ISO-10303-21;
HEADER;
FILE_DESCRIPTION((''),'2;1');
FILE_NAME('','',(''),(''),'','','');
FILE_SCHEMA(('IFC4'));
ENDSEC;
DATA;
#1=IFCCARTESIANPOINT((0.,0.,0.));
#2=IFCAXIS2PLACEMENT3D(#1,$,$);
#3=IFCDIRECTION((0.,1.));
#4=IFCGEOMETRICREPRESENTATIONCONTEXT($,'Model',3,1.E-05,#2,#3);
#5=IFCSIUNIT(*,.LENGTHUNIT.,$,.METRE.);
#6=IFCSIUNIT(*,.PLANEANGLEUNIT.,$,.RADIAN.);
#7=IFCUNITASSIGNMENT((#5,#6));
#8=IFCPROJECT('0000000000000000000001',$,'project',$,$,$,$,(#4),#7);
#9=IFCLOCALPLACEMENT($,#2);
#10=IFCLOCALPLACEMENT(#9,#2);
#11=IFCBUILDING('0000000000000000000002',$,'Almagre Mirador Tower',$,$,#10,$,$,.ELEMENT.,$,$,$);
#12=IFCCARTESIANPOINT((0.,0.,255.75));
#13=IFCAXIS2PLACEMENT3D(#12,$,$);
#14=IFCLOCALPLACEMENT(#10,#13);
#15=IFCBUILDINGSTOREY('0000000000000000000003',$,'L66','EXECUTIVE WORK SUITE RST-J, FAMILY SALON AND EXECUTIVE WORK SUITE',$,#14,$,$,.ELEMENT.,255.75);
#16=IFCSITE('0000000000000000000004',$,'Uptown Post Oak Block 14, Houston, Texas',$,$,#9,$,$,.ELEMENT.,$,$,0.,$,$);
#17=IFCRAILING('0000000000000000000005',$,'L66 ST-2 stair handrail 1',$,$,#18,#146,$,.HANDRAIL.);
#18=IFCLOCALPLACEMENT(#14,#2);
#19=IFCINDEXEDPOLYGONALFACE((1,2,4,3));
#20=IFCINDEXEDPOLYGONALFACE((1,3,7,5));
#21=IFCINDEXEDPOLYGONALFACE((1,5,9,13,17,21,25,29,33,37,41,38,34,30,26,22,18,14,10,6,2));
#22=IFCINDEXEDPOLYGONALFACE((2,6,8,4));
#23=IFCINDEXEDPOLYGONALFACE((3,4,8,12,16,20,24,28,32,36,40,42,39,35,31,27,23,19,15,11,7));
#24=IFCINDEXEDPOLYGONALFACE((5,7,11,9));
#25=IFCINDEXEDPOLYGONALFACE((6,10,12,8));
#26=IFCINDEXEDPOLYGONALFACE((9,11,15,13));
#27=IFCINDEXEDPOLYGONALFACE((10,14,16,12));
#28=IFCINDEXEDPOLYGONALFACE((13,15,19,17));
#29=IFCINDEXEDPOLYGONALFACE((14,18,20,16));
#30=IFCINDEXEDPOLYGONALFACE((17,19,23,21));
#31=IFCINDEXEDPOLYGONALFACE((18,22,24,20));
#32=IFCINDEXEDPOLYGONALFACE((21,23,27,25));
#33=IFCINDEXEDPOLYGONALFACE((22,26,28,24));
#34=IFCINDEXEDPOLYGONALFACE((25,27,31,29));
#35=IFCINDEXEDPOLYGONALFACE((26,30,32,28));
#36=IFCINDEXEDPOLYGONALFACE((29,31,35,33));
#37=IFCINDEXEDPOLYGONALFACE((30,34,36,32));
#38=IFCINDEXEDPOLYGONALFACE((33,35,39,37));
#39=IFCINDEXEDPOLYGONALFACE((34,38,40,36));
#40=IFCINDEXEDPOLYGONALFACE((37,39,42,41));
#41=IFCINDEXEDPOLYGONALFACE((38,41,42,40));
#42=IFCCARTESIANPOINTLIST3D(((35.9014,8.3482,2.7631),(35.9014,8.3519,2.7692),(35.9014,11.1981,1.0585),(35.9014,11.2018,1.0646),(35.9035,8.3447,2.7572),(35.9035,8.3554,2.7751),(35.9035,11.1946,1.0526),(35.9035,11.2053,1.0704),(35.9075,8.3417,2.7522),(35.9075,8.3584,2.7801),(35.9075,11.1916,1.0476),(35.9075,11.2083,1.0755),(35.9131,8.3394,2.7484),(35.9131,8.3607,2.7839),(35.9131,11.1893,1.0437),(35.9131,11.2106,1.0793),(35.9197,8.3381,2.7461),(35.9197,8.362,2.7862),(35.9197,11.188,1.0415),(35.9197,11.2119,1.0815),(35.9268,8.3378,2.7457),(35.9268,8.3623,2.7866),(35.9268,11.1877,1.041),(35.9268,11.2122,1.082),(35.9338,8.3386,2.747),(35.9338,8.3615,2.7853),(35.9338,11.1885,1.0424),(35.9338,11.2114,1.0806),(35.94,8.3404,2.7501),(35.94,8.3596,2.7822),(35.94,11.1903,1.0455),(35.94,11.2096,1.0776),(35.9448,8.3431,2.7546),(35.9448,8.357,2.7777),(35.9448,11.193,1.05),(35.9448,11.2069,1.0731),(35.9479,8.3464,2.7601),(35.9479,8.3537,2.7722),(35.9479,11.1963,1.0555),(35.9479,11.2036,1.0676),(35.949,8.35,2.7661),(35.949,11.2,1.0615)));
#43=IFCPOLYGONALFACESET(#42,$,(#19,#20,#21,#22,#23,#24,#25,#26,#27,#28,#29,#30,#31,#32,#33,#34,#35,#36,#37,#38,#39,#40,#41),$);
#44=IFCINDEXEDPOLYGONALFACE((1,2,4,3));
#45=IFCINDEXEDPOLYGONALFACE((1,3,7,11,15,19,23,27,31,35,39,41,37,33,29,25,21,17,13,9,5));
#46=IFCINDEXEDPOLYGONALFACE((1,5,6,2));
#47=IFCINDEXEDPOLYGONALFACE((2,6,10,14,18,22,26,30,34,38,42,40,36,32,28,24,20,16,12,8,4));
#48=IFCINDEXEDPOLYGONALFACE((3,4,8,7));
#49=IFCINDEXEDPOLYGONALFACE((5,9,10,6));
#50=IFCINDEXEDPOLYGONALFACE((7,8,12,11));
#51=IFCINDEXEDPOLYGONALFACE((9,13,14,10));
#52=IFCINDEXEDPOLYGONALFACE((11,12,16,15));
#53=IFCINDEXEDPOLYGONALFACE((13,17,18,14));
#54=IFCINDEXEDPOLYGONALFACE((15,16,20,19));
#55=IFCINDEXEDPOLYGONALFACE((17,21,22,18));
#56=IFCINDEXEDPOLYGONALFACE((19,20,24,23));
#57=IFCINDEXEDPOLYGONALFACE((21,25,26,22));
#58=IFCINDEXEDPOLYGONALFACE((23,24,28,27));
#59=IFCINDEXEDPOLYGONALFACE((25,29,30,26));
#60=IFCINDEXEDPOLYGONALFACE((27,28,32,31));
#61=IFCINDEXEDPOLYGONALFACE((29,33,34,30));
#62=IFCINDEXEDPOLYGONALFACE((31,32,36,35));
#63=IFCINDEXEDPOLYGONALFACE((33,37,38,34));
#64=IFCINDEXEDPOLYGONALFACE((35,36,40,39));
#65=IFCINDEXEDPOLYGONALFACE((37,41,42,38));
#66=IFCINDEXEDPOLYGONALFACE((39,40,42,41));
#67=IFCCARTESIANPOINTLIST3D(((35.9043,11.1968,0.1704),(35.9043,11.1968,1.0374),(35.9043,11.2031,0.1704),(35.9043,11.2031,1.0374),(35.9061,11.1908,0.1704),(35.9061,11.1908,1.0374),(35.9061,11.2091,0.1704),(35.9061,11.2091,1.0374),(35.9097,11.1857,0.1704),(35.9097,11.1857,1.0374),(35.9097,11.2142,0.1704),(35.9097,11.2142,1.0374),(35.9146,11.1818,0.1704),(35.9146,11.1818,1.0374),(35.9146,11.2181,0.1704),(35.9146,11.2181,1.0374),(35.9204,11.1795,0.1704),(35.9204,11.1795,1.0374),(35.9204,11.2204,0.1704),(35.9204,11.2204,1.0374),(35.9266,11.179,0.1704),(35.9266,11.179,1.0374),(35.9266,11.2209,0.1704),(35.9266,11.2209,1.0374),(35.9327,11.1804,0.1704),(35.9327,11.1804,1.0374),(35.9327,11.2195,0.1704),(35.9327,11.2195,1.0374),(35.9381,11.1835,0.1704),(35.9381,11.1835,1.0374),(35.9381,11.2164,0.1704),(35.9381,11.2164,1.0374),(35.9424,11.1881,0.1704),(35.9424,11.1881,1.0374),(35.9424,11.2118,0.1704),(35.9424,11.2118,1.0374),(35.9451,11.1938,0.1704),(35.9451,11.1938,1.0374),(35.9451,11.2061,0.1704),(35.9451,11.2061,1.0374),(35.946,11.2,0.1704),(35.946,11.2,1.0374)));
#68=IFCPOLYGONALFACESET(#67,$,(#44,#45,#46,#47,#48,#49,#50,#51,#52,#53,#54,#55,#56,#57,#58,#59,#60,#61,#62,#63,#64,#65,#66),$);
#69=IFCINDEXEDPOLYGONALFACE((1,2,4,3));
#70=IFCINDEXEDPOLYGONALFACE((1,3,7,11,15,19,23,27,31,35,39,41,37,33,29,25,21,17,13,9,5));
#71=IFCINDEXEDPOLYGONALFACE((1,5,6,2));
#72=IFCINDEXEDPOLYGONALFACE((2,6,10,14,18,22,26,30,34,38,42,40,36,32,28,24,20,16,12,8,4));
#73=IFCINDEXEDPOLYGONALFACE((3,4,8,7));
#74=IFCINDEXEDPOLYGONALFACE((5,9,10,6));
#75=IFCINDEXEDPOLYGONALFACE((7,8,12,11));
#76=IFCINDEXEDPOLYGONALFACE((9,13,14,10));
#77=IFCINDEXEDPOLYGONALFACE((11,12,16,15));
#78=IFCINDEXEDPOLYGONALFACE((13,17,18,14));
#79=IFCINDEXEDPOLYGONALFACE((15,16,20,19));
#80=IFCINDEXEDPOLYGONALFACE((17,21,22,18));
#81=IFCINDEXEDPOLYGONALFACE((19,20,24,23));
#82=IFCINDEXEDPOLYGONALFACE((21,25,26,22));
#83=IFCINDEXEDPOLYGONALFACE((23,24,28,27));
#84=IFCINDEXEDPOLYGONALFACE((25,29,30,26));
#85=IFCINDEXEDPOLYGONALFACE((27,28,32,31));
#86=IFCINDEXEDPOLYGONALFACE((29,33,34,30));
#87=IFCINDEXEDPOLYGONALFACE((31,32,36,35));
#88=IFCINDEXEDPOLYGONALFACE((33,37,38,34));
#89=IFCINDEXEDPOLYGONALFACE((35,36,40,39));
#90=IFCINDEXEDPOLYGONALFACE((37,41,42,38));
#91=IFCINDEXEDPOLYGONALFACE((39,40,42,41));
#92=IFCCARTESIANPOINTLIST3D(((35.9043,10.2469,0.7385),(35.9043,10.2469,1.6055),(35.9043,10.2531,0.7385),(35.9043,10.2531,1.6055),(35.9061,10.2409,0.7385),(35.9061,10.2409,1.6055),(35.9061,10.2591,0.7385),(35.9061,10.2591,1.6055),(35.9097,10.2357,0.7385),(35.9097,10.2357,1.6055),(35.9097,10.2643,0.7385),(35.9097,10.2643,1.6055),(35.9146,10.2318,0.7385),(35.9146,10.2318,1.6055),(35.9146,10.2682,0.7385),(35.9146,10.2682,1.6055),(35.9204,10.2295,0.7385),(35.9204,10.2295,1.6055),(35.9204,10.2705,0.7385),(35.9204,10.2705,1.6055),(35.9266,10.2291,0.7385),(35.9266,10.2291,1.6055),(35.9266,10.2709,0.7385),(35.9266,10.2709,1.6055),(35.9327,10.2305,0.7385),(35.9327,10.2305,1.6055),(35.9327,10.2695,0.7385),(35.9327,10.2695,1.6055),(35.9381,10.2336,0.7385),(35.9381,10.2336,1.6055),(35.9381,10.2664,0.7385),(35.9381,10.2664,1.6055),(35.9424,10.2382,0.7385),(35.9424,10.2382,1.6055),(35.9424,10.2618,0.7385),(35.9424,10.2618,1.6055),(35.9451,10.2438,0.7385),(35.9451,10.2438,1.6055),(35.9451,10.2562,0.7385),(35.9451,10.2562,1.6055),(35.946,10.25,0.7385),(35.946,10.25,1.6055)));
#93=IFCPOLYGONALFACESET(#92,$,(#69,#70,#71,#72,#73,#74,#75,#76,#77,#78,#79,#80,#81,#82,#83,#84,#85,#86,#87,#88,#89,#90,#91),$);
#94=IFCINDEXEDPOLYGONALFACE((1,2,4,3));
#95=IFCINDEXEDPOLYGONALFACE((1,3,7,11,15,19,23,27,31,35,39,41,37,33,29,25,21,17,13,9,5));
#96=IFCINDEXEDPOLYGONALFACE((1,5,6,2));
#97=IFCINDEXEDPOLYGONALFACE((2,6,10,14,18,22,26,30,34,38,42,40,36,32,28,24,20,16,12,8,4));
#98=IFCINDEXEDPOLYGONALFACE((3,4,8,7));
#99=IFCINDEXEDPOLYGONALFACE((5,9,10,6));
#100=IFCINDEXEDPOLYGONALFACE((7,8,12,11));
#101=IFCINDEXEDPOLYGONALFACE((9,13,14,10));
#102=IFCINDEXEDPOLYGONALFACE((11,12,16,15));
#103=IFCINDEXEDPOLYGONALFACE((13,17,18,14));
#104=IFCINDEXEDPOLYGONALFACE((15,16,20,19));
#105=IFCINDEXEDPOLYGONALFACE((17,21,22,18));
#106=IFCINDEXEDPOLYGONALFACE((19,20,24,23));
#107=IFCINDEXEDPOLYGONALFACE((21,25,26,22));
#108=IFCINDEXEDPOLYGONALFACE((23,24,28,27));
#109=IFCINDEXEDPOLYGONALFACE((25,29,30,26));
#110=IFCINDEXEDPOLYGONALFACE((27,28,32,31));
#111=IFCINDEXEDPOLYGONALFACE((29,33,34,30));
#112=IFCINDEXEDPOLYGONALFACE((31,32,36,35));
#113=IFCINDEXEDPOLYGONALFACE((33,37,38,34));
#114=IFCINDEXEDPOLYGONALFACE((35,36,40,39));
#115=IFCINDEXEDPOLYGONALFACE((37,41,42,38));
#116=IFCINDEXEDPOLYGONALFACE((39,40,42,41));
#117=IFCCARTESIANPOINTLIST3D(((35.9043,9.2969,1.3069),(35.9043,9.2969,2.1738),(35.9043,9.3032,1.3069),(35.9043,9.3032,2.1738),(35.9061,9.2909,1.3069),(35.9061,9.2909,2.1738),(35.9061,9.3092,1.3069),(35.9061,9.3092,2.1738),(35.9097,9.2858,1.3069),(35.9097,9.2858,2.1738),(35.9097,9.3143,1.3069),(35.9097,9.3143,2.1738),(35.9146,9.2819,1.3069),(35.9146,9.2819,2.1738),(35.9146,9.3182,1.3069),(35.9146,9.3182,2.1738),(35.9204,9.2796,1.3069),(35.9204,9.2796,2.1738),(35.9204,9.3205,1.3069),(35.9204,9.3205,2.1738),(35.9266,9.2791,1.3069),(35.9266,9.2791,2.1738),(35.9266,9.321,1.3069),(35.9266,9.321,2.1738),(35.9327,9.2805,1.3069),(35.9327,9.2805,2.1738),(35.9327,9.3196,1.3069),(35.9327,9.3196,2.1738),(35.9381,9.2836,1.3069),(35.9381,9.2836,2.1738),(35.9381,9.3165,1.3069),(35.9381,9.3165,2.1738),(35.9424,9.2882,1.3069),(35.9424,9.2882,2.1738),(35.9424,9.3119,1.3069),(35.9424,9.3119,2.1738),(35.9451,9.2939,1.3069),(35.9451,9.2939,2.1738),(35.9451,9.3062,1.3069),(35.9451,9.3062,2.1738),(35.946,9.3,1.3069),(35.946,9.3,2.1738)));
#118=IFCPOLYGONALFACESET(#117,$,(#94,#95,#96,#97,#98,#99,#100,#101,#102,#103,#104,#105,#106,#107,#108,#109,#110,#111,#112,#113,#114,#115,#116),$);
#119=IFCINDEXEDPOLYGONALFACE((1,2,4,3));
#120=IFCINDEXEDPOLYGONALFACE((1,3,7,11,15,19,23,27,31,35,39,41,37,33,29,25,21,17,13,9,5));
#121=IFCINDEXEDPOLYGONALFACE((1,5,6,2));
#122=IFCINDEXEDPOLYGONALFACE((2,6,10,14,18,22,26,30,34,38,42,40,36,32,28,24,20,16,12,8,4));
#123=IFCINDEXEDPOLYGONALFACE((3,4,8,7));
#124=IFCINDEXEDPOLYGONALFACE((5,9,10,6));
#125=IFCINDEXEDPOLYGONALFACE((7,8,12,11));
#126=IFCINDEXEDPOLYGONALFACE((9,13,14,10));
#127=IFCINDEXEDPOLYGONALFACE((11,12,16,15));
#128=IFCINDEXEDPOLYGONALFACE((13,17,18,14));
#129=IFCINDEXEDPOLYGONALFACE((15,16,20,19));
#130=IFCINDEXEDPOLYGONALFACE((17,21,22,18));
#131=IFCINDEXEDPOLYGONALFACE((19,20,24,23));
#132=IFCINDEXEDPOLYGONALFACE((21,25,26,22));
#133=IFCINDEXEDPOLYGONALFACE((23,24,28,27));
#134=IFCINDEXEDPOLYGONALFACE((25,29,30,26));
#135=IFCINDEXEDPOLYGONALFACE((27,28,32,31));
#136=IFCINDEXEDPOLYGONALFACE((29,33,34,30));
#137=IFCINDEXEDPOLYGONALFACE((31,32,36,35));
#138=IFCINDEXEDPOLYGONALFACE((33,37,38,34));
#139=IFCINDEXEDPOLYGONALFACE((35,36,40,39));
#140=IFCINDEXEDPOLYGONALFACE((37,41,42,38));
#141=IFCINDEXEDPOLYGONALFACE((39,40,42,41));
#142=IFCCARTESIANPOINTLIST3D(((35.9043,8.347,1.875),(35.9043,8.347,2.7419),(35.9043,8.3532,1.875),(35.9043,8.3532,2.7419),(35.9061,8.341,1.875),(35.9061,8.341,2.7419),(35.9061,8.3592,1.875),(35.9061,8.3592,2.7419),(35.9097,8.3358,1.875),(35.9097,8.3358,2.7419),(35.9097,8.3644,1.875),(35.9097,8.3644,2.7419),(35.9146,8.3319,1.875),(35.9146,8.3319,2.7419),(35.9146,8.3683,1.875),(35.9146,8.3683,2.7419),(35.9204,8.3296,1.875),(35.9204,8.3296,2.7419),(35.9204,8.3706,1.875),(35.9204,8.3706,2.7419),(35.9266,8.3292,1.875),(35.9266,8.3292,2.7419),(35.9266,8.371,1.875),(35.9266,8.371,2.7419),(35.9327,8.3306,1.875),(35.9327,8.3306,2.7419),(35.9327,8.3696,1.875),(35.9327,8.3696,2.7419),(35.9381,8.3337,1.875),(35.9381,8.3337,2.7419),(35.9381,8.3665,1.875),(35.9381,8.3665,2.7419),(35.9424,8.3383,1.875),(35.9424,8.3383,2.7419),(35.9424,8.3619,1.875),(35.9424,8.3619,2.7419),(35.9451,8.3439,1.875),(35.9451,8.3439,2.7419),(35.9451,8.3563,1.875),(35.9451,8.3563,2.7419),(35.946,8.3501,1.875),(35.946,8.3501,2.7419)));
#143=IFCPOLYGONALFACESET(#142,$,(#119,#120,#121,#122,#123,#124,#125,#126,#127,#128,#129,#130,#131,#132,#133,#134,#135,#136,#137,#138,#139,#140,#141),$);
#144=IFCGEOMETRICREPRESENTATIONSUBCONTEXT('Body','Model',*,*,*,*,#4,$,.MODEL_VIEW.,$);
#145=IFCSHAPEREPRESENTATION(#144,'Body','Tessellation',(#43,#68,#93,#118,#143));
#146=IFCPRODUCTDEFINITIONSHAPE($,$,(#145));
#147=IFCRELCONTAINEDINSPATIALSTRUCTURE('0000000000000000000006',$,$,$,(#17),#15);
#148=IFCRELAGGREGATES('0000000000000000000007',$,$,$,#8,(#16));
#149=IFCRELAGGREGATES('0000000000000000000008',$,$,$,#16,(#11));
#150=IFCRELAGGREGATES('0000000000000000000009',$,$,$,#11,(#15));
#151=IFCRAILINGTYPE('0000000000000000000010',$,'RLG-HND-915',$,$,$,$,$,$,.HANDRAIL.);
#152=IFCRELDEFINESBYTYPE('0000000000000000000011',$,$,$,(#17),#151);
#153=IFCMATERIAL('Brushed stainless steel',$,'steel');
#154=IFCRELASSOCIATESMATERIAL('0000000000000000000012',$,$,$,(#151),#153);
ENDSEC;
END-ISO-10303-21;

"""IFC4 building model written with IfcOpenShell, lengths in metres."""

from ifc_helpers import new_model, si_unit, direction, frame, origin, origin_2d, place, context, subcontext, project, spatial, circle, extrude, material, type_object, element, save


model = new_model("IFC4")

# Units and contexts
model_context = context("Model", 3, precision=1e-05, world=origin(), true_north=direction((0.0, 1.0)))
body_context = subcontext(model_context, "Body", "Model", "MODEL_VIEW")
ifc_project = project(units=[si_unit("LENGTHUNIT", "METRE"), si_unit("PLANEANGLEUNIT", "RADIAN")], contexts=[model_context])

# Site, building, storey
site_placement = place(None, origin())
site = spatial("IfcSite", under=ifc_project, at=site_placement, Name="Uptown Post Oak Block 14, Houston, Texas", CompositionType="ELEMENT", RefElevation=0.0)
building_placement = place(site_placement, origin())
building = spatial("IfcBuilding", under=site, at=building_placement, Name="Almagre Mirador Tower", CompositionType="ELEMENT")
storey_placement = place(building_placement, frame((0.0, 0.0, 255.75)))
storey = spatial("IfcBuildingStorey", under=building, at=storey_placement, Name="L66", Description="EXECUTIVE WORK SUITE RST-J, FAMILY SALON AND EXECUTIVE WORK SUITE", CompositionType="ELEMENT", Elevation=255.75)

# Railing
ifc_material_1 = material(Name="Brushed stainless steel", Category="steel")
railing_type_1 = type_object("IfcRailingType", Name="RLG-HND-915", PredefinedType="HANDRAIL", material=ifc_material_1)
railing_1_placement = place(storey_placement, frame((35.925, 11.2, 0.1704)))
element("IfcRailing", 1, at=railing_1_placement, inside=storey, type_object=railing_type_1, Name="L66 ST-2 stair handrail 1", PredefinedType="HANDRAIL", context=body_context, shape_type="SweptSolid", body=[
    extrude(circle(Radius=0.0239, at=origin_2d()), frame((0.0, 0.0, 0.8911), z_axis=(0.0, -0.858199, 0.513317), x_axis=(1.0, 0.0, 0.0)), (0.0, 0.0, 1.0), 3.3208),
    extrude(circle(Radius=0.021, at=origin_2d()), origin(), (0.0, 0.0, 1.0), 0.8669),
    extrude(circle(Radius=0.021, at=origin_2d()), frame((0.0, -0.95, 0.5681)), (0.0, 0.0, 1.0), 0.8669),
    extrude(circle(Radius=0.021, at=origin_2d()), frame((0.0, -1.8999, 1.1365)), (0.0, 0.0, 1.0), 0.8669),
    extrude(circle(Radius=0.021, at=origin_2d()), frame((0.0, -2.8499, 1.7046)), (0.0, 0.0, 1.0), 0.8669),
])

save(model, "model.ifc")
